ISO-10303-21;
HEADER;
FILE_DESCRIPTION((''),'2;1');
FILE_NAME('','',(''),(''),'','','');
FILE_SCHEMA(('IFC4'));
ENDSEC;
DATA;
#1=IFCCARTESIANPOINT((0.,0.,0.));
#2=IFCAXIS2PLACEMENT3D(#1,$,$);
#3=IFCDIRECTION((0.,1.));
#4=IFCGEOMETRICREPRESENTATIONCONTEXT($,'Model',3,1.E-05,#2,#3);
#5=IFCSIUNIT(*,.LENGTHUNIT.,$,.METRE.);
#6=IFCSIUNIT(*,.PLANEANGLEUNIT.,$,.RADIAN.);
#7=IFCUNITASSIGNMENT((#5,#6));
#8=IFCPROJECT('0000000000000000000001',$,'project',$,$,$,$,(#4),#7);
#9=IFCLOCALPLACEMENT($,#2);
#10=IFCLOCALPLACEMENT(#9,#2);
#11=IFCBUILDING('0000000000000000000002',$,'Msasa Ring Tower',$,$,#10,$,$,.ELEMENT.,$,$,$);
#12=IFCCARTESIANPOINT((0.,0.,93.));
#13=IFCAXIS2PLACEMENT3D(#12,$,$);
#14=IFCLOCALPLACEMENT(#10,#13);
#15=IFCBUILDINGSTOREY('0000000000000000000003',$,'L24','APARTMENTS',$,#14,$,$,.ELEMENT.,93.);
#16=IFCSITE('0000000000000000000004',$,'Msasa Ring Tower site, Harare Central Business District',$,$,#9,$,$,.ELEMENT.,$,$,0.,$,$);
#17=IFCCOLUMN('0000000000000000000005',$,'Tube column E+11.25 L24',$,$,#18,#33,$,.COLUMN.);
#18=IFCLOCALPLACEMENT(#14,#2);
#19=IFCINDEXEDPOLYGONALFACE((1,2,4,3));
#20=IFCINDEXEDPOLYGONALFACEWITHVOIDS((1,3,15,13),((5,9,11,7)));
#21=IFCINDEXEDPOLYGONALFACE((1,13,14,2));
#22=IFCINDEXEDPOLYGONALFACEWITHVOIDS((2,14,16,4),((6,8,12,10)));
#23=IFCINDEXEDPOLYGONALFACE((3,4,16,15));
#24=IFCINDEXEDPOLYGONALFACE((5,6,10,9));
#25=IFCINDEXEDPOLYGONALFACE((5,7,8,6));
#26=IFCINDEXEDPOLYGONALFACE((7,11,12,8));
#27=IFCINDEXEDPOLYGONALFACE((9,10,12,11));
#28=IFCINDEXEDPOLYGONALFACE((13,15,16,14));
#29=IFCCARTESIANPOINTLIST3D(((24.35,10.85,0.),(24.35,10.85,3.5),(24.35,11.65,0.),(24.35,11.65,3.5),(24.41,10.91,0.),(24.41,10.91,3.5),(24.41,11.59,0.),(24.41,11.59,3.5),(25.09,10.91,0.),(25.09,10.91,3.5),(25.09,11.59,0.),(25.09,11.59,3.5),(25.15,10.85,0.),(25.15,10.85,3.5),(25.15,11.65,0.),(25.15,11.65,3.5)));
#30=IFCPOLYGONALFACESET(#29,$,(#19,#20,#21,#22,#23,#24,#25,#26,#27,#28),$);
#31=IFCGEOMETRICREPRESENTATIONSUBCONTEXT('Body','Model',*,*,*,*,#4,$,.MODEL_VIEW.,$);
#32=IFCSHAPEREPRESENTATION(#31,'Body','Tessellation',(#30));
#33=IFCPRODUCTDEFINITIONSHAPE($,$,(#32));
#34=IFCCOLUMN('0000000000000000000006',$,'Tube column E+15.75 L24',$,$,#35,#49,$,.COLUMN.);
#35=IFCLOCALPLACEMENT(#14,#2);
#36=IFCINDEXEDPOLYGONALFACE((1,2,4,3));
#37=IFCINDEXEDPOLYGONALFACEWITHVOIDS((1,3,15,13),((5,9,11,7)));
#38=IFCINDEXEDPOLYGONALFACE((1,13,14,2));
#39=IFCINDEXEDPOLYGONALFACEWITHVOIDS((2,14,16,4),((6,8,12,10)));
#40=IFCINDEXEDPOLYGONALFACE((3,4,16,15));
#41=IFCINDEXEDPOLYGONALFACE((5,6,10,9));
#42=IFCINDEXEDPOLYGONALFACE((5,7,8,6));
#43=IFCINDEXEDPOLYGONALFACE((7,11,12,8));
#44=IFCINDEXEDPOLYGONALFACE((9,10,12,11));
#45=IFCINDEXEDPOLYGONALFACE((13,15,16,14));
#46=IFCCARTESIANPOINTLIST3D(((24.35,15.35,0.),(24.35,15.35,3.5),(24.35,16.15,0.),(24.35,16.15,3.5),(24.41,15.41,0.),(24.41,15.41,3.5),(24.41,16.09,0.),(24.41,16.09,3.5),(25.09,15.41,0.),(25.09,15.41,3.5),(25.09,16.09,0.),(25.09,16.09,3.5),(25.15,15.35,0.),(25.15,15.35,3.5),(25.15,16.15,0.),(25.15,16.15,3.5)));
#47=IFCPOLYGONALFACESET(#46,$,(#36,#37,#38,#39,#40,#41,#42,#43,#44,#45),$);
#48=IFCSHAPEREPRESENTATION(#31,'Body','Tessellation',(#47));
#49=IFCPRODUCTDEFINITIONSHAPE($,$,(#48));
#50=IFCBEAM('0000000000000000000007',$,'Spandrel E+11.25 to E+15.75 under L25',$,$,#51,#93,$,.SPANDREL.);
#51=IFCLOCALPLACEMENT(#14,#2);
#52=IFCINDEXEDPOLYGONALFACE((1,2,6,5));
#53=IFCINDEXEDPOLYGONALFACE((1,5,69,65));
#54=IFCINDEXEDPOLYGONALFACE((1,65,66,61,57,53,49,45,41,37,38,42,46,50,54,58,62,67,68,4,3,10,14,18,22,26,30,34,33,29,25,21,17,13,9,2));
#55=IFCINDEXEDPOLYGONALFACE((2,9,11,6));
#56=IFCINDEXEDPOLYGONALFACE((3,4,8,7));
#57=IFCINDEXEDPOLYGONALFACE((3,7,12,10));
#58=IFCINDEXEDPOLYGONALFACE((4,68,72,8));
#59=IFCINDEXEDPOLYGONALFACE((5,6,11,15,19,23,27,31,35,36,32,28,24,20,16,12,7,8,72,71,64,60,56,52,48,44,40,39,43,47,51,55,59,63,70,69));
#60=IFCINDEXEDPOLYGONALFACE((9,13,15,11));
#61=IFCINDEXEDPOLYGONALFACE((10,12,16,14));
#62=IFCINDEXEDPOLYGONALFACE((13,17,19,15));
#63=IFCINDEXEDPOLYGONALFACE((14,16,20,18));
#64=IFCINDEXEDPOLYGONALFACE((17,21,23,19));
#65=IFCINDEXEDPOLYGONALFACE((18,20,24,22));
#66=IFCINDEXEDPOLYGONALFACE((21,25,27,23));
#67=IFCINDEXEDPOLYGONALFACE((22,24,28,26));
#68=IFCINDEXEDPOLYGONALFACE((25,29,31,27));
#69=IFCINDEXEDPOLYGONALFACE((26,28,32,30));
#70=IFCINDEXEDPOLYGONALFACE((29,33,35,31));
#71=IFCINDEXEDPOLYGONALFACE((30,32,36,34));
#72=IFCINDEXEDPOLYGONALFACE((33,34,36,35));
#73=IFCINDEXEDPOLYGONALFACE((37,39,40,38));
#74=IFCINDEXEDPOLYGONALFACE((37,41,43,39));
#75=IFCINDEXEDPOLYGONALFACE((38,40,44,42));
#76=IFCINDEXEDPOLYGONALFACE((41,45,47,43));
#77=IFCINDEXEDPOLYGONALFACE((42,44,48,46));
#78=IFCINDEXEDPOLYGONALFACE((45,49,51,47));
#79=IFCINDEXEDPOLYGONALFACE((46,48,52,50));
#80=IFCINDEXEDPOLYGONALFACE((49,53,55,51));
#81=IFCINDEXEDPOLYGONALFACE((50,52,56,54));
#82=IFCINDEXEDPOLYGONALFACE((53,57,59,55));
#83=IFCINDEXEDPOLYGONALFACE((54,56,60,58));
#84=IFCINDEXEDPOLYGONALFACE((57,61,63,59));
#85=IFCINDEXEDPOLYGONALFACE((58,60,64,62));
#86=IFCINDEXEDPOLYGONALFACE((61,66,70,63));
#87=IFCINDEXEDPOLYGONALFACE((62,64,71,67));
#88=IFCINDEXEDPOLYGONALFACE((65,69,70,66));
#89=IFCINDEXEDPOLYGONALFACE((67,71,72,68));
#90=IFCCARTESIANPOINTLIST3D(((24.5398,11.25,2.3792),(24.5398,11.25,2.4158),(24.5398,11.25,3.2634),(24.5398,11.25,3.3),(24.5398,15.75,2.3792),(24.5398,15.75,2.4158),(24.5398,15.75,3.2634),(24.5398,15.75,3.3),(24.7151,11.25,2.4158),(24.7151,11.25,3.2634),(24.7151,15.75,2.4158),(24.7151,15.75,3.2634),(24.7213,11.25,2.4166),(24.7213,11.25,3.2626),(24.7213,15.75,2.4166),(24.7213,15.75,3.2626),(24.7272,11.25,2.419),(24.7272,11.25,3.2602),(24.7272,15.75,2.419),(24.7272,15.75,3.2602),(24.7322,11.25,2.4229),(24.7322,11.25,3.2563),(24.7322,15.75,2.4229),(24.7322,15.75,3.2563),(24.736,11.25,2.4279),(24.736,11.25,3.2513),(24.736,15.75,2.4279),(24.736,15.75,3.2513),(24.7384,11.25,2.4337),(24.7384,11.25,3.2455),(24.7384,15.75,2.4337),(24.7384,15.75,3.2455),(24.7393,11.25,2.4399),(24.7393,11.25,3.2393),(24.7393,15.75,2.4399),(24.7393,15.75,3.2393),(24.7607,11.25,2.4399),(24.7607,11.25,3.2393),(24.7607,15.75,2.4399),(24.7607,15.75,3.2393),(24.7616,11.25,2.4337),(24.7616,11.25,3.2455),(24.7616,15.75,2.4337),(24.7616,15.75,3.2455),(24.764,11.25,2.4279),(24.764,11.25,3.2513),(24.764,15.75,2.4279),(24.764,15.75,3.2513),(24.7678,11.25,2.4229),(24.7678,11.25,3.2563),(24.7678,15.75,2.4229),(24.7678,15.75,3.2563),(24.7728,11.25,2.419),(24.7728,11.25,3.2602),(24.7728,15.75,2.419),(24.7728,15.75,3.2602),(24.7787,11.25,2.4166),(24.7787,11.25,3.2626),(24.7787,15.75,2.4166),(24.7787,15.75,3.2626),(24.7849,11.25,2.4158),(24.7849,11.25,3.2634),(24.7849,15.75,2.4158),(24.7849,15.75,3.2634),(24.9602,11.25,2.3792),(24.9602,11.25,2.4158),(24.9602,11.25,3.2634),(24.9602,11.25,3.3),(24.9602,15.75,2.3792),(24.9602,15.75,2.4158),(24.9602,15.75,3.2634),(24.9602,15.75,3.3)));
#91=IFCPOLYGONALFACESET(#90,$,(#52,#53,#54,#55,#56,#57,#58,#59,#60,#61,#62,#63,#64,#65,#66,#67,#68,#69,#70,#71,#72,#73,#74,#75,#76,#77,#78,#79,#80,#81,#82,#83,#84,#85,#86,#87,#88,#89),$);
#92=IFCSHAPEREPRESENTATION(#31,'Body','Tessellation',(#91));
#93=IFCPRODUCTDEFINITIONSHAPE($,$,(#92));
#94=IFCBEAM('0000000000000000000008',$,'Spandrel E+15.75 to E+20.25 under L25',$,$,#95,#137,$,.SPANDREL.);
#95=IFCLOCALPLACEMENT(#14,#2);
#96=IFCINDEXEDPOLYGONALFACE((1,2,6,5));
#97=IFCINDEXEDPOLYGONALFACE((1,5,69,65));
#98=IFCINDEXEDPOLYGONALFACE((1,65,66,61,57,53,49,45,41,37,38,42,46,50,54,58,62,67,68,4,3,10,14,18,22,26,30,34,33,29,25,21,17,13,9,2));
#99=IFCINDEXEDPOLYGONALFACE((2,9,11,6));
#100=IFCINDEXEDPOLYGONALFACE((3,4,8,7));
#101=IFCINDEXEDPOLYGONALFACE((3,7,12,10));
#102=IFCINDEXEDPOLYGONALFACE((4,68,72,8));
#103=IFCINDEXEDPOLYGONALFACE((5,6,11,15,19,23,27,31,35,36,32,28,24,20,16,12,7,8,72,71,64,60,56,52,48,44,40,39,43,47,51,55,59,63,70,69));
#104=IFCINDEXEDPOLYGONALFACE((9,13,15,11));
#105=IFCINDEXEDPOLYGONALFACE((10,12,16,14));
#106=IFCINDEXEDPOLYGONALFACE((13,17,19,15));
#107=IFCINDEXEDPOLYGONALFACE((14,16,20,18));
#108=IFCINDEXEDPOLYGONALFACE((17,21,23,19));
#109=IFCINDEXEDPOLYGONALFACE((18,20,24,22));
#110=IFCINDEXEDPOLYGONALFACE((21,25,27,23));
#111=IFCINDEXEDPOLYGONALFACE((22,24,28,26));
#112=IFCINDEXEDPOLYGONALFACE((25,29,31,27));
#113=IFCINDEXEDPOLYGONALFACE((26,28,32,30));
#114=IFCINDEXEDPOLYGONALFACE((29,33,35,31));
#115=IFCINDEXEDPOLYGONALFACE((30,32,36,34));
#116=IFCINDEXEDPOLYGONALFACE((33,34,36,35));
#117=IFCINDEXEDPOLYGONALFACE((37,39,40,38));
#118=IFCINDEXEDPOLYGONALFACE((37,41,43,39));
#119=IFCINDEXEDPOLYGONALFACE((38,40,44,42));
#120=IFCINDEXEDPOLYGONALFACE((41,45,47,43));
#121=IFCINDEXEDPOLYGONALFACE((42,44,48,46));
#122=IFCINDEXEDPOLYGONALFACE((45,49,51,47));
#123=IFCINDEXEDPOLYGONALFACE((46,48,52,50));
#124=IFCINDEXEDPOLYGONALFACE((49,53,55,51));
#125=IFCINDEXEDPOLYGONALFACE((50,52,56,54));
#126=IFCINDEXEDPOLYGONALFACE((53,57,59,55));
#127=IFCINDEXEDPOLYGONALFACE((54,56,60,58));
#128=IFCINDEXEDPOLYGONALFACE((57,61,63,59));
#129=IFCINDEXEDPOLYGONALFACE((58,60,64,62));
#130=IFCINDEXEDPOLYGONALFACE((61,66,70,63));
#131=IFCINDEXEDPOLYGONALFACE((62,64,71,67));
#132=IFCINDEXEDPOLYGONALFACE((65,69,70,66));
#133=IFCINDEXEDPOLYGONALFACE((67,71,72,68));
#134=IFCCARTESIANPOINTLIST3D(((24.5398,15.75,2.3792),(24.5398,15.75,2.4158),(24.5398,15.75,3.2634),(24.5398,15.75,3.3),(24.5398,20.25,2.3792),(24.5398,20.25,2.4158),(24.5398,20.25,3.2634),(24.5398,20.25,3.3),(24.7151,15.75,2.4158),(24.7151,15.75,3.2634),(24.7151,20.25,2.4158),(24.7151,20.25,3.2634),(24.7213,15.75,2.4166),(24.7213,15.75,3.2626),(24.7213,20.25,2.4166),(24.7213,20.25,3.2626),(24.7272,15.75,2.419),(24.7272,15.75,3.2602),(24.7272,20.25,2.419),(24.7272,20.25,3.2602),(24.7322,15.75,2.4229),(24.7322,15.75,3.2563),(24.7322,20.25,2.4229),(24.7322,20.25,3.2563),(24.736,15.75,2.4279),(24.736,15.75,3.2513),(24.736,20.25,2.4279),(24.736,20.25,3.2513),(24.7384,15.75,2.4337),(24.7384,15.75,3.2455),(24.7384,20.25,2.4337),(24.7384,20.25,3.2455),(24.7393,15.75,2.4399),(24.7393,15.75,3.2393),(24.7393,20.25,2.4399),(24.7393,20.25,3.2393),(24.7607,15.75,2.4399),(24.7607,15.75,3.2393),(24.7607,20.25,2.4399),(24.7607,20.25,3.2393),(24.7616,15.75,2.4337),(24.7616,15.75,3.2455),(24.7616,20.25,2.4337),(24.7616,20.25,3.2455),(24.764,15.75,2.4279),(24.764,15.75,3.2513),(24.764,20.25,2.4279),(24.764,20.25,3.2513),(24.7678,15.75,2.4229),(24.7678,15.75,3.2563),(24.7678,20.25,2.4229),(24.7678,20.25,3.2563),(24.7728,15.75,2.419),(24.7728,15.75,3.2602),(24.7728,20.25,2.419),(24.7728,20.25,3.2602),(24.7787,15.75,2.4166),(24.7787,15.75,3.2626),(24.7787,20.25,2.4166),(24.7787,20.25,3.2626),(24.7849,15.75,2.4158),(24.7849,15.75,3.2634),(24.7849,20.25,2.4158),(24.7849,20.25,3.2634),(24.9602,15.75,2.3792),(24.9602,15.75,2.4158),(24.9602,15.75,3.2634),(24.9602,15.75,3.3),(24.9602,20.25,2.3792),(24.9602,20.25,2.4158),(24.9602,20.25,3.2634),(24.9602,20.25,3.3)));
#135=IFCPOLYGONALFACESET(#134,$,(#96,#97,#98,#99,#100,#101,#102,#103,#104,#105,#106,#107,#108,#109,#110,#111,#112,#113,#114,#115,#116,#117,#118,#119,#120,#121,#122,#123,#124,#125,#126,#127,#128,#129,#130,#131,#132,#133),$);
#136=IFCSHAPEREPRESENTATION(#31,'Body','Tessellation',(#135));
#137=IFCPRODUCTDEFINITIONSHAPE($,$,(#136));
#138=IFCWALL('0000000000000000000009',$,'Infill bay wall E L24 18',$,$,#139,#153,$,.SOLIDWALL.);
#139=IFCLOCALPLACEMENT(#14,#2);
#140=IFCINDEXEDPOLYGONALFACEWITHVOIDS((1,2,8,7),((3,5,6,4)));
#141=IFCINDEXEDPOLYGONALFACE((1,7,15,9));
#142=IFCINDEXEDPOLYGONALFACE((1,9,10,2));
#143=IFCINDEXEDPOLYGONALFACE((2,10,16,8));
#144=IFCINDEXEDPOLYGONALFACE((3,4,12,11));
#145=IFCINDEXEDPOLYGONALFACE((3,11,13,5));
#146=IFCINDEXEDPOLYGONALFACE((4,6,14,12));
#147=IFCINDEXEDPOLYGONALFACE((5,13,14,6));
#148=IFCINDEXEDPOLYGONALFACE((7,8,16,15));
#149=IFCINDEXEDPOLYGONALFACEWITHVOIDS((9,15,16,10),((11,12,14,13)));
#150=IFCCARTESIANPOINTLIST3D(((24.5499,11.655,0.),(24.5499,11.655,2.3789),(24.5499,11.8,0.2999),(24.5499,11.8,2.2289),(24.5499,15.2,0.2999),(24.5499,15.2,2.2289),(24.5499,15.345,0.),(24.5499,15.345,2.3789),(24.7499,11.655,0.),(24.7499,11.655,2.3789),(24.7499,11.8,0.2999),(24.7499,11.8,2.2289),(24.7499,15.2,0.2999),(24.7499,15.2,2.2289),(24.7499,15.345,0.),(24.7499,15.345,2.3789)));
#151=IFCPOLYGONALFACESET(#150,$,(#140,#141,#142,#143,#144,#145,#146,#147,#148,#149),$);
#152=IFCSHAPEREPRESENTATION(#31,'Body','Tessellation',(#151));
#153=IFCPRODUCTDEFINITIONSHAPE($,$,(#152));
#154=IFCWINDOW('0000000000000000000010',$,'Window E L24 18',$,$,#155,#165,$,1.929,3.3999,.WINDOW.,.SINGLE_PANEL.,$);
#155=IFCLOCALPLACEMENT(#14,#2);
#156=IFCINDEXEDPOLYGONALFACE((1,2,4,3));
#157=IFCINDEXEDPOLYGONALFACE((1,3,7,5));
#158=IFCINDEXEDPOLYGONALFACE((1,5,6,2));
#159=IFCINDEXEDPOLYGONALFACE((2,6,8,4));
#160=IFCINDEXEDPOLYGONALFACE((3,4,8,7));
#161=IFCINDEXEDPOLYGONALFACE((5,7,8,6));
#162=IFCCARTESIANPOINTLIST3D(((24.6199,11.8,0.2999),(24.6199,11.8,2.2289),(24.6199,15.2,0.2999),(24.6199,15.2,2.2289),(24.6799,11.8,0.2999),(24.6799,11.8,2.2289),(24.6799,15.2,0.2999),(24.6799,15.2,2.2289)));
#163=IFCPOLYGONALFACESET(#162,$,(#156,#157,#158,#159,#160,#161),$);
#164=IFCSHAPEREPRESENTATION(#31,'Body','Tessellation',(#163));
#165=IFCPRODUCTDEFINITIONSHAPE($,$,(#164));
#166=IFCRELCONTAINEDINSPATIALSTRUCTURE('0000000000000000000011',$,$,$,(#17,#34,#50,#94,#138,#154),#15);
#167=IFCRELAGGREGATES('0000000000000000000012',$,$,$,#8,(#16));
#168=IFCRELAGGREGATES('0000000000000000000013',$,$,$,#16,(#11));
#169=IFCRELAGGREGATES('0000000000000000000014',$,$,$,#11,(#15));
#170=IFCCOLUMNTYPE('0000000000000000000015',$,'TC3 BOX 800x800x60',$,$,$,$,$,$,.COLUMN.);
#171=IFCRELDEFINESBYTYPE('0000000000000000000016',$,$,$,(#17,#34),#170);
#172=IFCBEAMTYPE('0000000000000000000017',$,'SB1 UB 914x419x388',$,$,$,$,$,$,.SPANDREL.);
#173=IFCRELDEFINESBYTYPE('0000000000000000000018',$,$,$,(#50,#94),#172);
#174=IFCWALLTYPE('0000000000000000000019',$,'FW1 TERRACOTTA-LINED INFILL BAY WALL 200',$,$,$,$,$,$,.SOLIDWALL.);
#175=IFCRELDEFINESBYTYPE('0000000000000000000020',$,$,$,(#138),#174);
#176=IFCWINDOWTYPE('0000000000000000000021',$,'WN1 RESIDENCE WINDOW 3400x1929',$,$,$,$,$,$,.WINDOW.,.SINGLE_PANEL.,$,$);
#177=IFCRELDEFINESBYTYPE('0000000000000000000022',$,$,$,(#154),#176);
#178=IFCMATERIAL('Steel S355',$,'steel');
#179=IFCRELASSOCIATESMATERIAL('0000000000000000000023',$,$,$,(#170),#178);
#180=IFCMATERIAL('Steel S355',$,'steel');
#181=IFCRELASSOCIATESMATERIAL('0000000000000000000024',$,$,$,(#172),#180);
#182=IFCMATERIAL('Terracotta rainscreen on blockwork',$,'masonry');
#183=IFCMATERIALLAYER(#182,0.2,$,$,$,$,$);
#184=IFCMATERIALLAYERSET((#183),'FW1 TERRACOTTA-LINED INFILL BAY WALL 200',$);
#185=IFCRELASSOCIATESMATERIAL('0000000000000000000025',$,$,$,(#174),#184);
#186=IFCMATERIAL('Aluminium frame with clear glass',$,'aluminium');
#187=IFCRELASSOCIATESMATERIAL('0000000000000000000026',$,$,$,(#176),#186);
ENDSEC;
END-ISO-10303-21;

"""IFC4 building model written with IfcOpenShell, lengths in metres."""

from ifc_helpers import new_model, si_unit, direction, frame, frame_2d, origin, origin_2d, place, context, subcontext, project, spatial, rectangle, hollow_rectangle, i_section, extrude, material, layer, layer_set, material_profile, profile_set, type_object, element, fill, save


model = new_model("IFC4")

# Units and contexts
model_context = context("Model", 3, precision=1e-05, world=origin(), true_north=direction((0.0, 1.0)))
body_context = subcontext(model_context, "Body", "Model", "MODEL_VIEW")
ifc_project = project(units=[si_unit("LENGTHUNIT", "METRE"), si_unit("PLANEANGLEUNIT", "RADIAN")], contexts=[model_context])

# Site, building, storey
site_placement = place(None, origin())
site = spatial("IfcSite", under=ifc_project, at=site_placement, Name="Msasa Ring Tower site, Harare Central Business District", CompositionType="ELEMENT", RefElevation=0.0)
building_placement = place(site_placement, origin())
building = spatial("IfcBuilding", under=site, at=building_placement, Name="Msasa Ring Tower", CompositionType="ELEMENT")
storey_placement = place(building_placement, frame((0.0, 0.0, 93.0)))
storey = spatial("IfcBuildingStorey", under=building, at=storey_placement, Name="L24", Description="APARTMENTS", CompositionType="ELEMENT", Elevation=93.0)

# Columns
ifc_material_1 = material(Name="Steel S355", Category="steel")
ifc_material_profile_1 = material_profile(ifc_material_1, hollow_rectangle(XDim=0.8, YDim=0.8, WallThickness=0.0601, at=origin_2d()), Name="BOX 800x800x60")
ifc_profile_set_1 = profile_set([ifc_material_profile_1], Name="Steel S355")
column_type = type_object("IfcColumnType", Name="TC3 BOX 800x800x60", PredefinedType="COLUMN", material=ifc_profile_set_1)
for number, where, z_axis, x_axis, name in (
    (1, (24.75, 11.25, 0.0), (0.0, 0.0, 1.0), (1.0, 0.0, 0.0), "Tube column E+11.25 L24"),
    (2, (24.75, 15.75, 0.0), (0.0, 0.0, 1.0), (1.0, 0.0, 0.0), "Tube column E+15.75 L24"),
):
    element("IfcColumn", number, at=place(storey_placement, frame(where, z_axis=z_axis, x_axis=x_axis)), inside=storey, type_object=column_type, Name=name, PredefinedType="COLUMN", context=body_context, shape_type="SweptSolid", body=[
        extrude(hollow_rectangle(XDim=0.8, YDim=0.8, WallThickness=0.0601, at=origin_2d()), origin(), (0.0, 0.0, 1.0), 3.5),
    ])

# Beams
ifc_material_2 = material(Name="Steel S355", Category="steel")
ifc_material_profile_2 = material_profile(ifc_material_2, i_section(OverallWidth=0.4204, OverallDepth=0.9209, WebThickness=0.0215, FlangeThickness=0.0366, FilletRadius=0.0242, at=origin_2d()), Name="UB 914x419x388")
ifc_profile_set_2 = profile_set([ifc_material_profile_2], Name="Steel S355")
beam_type = type_object("IfcBeamType", Name="SB1 UB 914x419x388", PredefinedType="SPANDREL", material=ifc_profile_set_2)
for number, where, z_axis, x_axis, name in (
    (3, (24.75, 11.25, 2.8396), (0.0, 1.0, 0.0), (-1.0, 0.0, 0.0), "Spandrel E+11.25 to E+15.75 under L25"),
    (4, (24.75, 15.75, 2.8396), (0.0, 1.0, 0.0), (-1.0, 0.0, 0.0), "Spandrel E+15.75 to E+20.25 under L25"),
):
    element("IfcBeam", number, at=place(storey_placement, frame(where, z_axis=z_axis, x_axis=x_axis)), inside=storey, type_object=beam_type, Name=name, PredefinedType="SPANDREL", context=body_context, shape_type="SweptSolid", body=[
        extrude(i_section(OverallWidth=0.4204, OverallDepth=0.9209, WebThickness=0.0215, FlangeThickness=0.0366, FilletRadius=0.0242, at=origin_2d()), origin(), (0.0, 0.0, 1.0), 4.5),
    ])

# Wall, opening, window
ifc_material_3 = material(Name="Terracotta rainscreen on blockwork", Category="masonry")
ifc_layer_1 = layer(ifc_material_3, 0.2)
ifc_layer_set_1 = layer_set([ifc_layer_1], Name="FW1 TERRACOTTA-LINED INFILL BAY WALL 200")
wall_type_1 = type_object("IfcWallType", Name="FW1 TERRACOTTA-LINED INFILL BAY WALL 200", PredefinedType="SOLIDWALL", material=ifc_layer_set_1)
wall_1_placement = place(storey_placement, frame((24.6499, 11.655, 0.0), z_axis=(0.0, 0.0, 1.0), x_axis=(0.0, 1.0, 0.0)))
wall_1 = element("IfcWall", 5, at=wall_1_placement, inside=storey, type_object=wall_type_1, Name="Infill bay wall E L24 18", PredefinedType="SOLIDWALL", context=body_context, shape_type="SweptSolid", body=[
    extrude(rectangle(XDim=3.6899, YDim=0.2, at=frame_2d((1.845, 0.0))), origin(), (0.0, 0.0, 1.0), 2.3789),
])
opening_1_placement = place(wall_1_placement, frame((0.145, 0.0, 0.3)))
opening_1 = element("IfcOpeningElement", 6, at=opening_1_placement, cuts=wall_1, PredefinedType="OPENING", context=body_context, shape_type="SweptSolid", body=[
    extrude(rectangle(XDim=3.3999, YDim=1.929, at=frame_2d((1.7, 0.9644))), frame((0.0, 0.1099, 0.0), z_axis=(0.0, -1.0, 0.0), x_axis=(1.0, 0.0, 0.0)), (0.0, 0.0, 1.0), 0.22),
])
ifc_material_4 = material(Name="Aluminium frame with clear glass", Category="aluminium")
window_type = type_object("IfcWindowType", Name="WN1 RESIDENCE WINDOW 3400x1929", PartitioningType="SINGLE_PANEL", PredefinedType="WINDOW", material=ifc_material_4)
window_1_placement = place(opening_1_placement, origin())
window_1 = element("IfcWindow", 7, at=window_1_placement, inside=storey, type_object=window_type, Name="Window E L24 18", OverallHeight=1.929, OverallWidth=3.3999, PartitioningType="SINGLE_PANEL", PredefinedType="WINDOW", context=body_context, shape_type="SweptSolid", body=[
    extrude(rectangle(XDim=3.3999, YDim=1.929, at=frame_2d((1.7, 0.9644))), frame((0.0, 0.03, 0.0), z_axis=(0.0, -1.0, 0.0), x_axis=(1.0, 0.0, 0.0)), (0.0, 0.0, 1.0), 0.0601),
])
fill(opening_1, window_1)

save(model, "model.ifc")
